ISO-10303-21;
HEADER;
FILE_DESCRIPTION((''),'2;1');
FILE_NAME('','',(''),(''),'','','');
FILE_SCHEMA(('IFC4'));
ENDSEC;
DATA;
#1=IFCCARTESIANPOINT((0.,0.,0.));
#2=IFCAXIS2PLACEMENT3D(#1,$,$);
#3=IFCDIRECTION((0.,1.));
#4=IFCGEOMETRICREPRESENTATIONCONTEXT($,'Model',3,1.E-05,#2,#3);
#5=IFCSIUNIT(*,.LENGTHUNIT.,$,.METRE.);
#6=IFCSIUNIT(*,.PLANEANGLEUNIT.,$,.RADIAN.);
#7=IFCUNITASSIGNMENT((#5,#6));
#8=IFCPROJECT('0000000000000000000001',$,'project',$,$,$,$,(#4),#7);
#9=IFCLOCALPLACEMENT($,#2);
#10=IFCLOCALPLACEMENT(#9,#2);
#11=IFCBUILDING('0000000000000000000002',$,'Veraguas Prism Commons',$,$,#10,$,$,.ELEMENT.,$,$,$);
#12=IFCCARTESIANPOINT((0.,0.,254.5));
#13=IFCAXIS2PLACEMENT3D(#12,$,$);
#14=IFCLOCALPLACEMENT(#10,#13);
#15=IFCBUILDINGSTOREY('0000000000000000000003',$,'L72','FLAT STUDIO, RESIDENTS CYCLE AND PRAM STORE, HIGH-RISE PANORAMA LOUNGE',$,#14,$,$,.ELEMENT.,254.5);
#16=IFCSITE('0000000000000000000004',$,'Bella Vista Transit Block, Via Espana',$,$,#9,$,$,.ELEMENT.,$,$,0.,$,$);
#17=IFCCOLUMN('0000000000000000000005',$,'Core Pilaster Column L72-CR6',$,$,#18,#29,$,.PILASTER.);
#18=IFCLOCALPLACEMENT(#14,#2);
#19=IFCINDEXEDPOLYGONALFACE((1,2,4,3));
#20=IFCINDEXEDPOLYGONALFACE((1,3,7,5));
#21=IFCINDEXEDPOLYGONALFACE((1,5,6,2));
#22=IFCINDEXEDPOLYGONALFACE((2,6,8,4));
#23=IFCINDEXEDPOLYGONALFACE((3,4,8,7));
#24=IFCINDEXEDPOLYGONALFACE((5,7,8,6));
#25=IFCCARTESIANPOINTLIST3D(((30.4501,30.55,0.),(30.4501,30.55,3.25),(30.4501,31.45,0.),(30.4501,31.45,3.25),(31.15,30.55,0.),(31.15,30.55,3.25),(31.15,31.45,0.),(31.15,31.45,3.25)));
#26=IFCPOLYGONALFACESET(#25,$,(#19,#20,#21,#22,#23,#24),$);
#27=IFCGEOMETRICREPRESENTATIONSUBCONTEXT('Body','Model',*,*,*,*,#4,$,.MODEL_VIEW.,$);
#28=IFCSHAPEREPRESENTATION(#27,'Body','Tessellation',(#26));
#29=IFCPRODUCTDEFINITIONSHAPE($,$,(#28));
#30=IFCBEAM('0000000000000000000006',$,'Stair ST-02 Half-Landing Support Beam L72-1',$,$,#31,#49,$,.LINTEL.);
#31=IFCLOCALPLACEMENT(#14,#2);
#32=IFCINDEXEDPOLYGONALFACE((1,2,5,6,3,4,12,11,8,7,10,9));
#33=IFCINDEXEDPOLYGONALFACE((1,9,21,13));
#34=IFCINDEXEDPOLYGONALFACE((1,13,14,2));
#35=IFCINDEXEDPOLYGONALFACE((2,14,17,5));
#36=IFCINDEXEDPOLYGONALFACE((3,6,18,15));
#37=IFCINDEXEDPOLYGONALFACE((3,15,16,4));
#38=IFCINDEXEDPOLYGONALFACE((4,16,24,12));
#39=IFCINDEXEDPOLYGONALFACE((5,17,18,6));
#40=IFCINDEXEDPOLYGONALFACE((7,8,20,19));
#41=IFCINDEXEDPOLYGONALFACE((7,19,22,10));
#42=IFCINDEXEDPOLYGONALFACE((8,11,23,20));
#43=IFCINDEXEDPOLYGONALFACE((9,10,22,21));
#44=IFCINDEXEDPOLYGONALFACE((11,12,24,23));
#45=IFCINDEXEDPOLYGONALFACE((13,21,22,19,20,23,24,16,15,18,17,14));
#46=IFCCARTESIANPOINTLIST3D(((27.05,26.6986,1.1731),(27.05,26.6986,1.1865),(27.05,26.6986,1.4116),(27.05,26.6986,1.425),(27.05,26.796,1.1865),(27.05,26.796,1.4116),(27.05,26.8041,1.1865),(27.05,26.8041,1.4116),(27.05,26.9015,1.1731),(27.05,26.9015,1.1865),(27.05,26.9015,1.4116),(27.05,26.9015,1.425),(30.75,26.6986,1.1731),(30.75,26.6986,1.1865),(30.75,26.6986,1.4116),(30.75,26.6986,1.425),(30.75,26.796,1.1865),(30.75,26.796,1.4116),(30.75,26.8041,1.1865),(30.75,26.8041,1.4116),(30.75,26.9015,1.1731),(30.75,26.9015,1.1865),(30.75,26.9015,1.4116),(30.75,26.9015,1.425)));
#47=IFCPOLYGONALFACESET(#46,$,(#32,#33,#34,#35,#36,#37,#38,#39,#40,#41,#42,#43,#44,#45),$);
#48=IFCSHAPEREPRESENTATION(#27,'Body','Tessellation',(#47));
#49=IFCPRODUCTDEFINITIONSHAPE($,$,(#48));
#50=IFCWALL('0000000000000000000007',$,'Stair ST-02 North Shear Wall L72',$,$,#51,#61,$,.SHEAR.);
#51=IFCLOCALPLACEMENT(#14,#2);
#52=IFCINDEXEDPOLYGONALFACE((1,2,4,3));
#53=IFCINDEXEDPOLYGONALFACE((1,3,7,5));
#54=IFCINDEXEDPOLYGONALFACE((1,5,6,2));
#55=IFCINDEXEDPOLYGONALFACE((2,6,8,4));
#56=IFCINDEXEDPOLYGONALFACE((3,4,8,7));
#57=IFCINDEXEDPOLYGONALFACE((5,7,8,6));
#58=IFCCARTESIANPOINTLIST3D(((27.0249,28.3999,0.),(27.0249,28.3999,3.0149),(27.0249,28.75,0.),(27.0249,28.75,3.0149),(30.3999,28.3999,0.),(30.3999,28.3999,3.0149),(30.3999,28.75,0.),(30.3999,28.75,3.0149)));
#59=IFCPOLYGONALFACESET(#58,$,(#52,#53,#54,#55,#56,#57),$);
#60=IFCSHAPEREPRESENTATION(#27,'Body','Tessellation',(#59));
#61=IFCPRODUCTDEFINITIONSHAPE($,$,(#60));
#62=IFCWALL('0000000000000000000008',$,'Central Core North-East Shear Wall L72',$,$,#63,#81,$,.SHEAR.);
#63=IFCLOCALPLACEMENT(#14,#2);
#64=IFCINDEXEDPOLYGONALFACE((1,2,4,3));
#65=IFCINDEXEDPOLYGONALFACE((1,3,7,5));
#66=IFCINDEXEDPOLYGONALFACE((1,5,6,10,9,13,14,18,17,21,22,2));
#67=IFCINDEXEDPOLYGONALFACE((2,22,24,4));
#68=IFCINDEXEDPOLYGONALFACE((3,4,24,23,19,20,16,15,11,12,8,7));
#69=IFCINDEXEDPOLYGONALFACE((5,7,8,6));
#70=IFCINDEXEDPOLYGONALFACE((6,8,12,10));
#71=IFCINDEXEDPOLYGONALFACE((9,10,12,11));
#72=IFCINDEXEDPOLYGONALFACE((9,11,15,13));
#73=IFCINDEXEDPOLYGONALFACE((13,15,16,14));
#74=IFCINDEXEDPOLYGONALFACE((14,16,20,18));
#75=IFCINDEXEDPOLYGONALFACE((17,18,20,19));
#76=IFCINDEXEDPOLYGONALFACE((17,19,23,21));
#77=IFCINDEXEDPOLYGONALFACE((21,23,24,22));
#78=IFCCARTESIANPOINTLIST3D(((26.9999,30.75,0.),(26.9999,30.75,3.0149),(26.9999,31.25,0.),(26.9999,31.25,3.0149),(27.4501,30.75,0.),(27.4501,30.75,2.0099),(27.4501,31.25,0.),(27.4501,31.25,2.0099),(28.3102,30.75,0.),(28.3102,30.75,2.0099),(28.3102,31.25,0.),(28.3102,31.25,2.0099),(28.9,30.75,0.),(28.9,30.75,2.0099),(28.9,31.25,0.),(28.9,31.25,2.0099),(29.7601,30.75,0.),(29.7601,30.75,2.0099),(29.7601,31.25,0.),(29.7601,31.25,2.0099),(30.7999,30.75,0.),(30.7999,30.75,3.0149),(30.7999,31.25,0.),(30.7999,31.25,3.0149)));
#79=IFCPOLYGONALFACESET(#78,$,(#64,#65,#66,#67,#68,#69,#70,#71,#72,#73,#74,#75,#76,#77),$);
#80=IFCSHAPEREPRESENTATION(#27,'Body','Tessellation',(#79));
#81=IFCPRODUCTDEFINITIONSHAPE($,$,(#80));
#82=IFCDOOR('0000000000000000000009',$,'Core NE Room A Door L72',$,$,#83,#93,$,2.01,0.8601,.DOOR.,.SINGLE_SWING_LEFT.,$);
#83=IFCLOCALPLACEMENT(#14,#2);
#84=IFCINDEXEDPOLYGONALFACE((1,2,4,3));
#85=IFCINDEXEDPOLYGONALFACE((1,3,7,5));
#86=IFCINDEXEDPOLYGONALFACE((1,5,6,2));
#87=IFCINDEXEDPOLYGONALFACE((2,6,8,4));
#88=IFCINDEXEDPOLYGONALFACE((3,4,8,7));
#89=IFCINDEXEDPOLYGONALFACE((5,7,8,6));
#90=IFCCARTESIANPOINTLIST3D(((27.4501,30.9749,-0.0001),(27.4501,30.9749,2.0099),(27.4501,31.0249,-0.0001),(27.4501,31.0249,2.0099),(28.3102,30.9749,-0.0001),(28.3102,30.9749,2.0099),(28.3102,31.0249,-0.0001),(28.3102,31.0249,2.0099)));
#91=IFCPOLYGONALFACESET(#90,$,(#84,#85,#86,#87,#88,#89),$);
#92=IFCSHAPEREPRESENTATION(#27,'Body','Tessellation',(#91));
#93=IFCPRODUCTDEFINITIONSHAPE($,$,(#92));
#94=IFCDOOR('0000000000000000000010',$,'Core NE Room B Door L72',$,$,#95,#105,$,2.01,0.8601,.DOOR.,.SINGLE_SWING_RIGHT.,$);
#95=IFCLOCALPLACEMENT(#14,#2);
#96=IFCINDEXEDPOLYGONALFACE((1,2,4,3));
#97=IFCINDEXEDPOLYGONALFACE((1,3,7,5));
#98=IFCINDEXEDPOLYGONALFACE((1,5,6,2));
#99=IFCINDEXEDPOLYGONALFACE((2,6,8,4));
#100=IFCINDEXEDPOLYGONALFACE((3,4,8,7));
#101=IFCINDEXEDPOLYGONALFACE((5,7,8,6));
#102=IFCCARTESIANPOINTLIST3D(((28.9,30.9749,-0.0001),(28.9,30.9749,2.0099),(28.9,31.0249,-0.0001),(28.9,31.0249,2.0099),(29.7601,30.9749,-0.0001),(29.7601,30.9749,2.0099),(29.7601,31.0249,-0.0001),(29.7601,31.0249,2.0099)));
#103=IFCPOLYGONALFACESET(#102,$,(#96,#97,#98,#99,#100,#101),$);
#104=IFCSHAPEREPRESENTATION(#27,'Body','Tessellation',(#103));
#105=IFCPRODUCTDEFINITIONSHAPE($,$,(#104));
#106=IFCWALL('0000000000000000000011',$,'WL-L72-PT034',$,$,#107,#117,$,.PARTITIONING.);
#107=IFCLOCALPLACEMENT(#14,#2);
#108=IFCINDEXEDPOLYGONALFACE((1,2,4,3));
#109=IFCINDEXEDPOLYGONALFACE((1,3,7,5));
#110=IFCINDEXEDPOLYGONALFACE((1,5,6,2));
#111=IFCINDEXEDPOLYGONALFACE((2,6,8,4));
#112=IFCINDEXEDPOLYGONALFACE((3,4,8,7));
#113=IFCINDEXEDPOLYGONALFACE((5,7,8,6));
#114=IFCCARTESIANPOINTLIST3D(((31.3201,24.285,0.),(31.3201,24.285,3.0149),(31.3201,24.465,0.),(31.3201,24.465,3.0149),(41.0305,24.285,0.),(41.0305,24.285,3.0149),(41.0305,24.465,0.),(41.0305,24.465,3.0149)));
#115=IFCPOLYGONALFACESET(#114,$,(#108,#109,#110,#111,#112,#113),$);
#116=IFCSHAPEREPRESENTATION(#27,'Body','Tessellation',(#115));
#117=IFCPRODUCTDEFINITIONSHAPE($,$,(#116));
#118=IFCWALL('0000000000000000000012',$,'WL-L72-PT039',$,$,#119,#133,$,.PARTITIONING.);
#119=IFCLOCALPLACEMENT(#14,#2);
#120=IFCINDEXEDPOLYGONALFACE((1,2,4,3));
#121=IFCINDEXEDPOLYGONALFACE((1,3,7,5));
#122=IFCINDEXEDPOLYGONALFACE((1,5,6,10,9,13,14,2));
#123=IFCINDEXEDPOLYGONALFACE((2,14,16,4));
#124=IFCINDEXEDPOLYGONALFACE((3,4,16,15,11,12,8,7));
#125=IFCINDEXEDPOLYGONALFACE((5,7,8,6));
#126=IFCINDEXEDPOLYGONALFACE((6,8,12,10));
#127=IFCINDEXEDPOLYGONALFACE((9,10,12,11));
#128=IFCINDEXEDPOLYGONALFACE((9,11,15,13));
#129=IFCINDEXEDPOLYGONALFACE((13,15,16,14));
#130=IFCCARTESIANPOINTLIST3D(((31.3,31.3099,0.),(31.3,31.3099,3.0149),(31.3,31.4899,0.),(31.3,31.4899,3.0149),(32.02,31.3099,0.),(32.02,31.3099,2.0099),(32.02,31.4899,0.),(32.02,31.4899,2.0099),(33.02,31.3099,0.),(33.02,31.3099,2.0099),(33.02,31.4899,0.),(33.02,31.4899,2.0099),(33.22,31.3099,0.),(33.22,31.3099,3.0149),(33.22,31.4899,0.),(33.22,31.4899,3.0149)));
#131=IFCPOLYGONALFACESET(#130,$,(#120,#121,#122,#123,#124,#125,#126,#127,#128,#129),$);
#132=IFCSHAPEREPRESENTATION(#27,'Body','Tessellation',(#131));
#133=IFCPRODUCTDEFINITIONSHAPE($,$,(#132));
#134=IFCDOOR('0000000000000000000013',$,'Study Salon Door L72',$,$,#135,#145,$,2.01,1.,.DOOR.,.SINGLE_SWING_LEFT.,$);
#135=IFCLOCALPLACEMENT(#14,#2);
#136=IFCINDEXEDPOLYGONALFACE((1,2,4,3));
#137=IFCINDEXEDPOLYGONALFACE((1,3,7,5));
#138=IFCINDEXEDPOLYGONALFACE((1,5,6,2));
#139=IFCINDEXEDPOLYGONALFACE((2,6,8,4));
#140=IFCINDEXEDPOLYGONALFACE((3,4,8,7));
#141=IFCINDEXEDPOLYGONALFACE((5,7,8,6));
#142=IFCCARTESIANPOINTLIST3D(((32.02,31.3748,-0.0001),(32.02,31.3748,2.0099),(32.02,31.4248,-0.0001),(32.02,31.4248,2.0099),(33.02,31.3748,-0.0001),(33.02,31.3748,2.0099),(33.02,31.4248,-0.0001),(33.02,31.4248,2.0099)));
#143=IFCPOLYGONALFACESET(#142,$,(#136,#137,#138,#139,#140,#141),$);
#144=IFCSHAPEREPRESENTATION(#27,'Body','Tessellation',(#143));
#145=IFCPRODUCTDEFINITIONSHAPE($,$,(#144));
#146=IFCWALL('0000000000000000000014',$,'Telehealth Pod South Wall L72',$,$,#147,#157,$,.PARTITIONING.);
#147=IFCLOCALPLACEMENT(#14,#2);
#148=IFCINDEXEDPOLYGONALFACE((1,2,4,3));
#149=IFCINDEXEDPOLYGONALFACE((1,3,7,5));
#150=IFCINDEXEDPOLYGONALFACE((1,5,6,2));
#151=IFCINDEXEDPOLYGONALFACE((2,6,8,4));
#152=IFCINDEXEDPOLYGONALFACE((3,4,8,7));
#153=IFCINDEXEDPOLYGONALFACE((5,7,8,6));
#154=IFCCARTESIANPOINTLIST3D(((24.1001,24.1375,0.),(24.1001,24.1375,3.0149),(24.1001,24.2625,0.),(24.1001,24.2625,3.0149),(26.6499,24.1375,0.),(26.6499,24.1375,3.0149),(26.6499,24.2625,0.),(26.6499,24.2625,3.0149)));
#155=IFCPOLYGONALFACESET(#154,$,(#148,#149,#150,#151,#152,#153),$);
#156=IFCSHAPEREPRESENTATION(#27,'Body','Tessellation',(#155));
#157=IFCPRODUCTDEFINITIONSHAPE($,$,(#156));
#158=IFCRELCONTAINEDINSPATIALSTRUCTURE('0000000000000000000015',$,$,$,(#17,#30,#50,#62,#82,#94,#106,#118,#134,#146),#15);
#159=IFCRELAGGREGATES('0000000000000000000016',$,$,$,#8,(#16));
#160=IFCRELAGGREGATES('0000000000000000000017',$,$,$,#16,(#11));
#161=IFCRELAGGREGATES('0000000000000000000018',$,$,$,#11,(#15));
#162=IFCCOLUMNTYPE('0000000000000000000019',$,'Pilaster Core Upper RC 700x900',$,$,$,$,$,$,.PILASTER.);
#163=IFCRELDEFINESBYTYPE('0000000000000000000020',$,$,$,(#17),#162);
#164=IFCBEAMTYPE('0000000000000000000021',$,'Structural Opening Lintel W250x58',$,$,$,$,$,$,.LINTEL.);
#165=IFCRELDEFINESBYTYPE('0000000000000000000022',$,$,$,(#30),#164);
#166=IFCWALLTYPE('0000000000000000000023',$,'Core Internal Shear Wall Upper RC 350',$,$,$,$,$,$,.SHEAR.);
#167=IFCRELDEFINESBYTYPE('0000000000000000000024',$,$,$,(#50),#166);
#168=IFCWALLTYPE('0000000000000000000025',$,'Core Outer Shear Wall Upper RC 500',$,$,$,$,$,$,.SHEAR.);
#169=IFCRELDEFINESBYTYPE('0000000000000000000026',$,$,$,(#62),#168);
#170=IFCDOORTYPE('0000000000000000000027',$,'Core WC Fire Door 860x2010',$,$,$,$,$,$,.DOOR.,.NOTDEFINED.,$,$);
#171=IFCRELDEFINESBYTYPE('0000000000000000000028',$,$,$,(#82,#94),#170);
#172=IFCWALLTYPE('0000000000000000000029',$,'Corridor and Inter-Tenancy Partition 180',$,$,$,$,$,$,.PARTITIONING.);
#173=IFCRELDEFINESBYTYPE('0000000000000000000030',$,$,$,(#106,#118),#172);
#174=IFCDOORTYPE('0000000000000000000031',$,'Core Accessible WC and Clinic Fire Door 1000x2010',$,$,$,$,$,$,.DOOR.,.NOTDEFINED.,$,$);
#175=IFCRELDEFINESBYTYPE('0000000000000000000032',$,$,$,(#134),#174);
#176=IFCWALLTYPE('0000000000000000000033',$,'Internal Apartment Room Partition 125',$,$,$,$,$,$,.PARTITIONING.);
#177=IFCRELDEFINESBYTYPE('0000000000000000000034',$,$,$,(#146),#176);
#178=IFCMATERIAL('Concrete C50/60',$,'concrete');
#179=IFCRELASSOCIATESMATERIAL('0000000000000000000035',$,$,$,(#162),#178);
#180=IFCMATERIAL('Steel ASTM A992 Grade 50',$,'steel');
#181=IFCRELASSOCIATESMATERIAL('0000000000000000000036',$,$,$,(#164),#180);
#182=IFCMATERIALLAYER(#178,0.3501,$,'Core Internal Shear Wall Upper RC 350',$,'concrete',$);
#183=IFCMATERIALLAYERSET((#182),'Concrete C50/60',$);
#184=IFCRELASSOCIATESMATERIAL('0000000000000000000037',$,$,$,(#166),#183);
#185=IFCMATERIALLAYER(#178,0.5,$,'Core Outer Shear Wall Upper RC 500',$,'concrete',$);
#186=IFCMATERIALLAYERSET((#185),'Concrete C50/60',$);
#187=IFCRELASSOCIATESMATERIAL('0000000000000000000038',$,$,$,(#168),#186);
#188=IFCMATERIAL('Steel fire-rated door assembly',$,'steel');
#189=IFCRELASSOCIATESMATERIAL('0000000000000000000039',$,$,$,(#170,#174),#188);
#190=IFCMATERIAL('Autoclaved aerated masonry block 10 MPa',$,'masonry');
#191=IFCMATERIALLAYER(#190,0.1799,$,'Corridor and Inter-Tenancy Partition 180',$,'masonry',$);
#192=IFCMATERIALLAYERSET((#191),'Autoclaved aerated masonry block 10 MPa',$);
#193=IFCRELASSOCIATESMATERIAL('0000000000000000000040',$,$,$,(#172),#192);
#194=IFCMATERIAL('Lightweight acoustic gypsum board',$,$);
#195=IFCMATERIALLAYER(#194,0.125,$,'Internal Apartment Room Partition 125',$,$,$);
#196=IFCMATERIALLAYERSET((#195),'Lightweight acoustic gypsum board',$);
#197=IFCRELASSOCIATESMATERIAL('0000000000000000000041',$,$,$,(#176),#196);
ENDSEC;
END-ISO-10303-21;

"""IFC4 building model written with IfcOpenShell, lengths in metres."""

from ifc_helpers import new_model, si_unit, direction, frame, frame_2d, origin, origin_2d, place, context, subcontext, project, spatial, rectangle, i_section, extrude, source, transform, mapped, material, layer, layer_set, material_profile, profile_set, type_object, element, fill, save


model = new_model("IFC4")

# Units and contexts
model_context = context("Model", 3, precision=1e-05, world=origin(), true_north=direction((0.0, 1.0)))
body_context = subcontext(model_context, "Body", "Model", "MODEL_VIEW")
ifc_project = project(units=[si_unit("LENGTHUNIT", "METRE"), si_unit("PLANEANGLEUNIT", "RADIAN")], contexts=[model_context])

# Site, building, storey
site_placement = place(None, origin())
site = spatial("IfcSite", under=ifc_project, at=site_placement, Name="Bella Vista Transit Block, Via Espana", CompositionType="ELEMENT", RefElevation=0.0)
building_placement = place(site_placement, origin())
building = spatial("IfcBuilding", under=site, at=building_placement, Name="Veraguas Prism Commons", CompositionType="ELEMENT")
storey_placement = place(building_placement, frame((0.0, 0.0, 254.5)))
storey = spatial("IfcBuildingStorey", under=building, at=storey_placement, Name="L72", Description="FLAT STUDIO, RESIDENTS CYCLE AND PRAM STORE, HIGH-RISE PANORAMA LOUNGE", CompositionType="ELEMENT", Elevation=254.5)

# Column
ifc_material_1 = material(Name="Concrete C50/60", Category="concrete")
ifc_material_profile_1 = material_profile(ifc_material_1, rectangle(XDim=0.7, YDim=0.8999, at=origin_2d()), Name="RC700X900")
ifc_profile_set_1 = profile_set([ifc_material_profile_1], Name="Concrete C50/60")
column_type = type_object("IfcColumnType", Name="Pilaster Core Upper RC 700x900", PredefinedType="PILASTER", material=ifc_profile_set_1)
column_placement = place(storey_placement, frame((30.8, 31.0, 0.0), z_axis=(0.0, 0.0, 1.0), x_axis=(1.0, 0.0, 0.0)))
element("IfcColumn", 1, at=column_placement, inside=storey, type_object=column_type, Name="Core Pilaster Column L72-CR6", PredefinedType="PILASTER", context=body_context, shape_type="SweptSolid", body=[
    extrude(rectangle(XDim=0.7, YDim=0.8999, at=origin_2d()), origin(), (0.0, 0.0, 1.0), 3.25),
])

# Beam
ifc_material_2 = material(Name="Steel ASTM A992 Grade 50", Category="steel")
ifc_material_profile_2 = material_profile(ifc_material_2, i_section(OverallWidth=0.2029, OverallDepth=0.252, WebThickness=0.0081, FlangeThickness=0.0134, at=origin_2d()), Name="W250X58")
ifc_profile_set_2 = profile_set([ifc_material_profile_2], Name="Steel ASTM A992 Grade 50")
beam_type = type_object("IfcBeamType", Name="Structural Opening Lintel W250x58", PredefinedType="LINTEL", material=ifc_profile_set_2)
beam_placement = place(storey_placement, frame((27.05, 26.8, 1.2991), z_axis=(1.0, 0.0, 0.0), x_axis=(0.0, 1.0, 0.0)))
element("IfcBeam", 2, at=beam_placement, inside=storey, type_object=beam_type, Name="Stair ST-02 Half-Landing Support Beam L72-1", PredefinedType="LINTEL", context=body_context, shape_type="SweptSolid", body=[
    extrude(i_section(OverallWidth=0.2029, OverallDepth=0.252, WebThickness=0.0081, FlangeThickness=0.0134, at=origin_2d()), origin(), (0.0, 0.0, 1.0), 3.7),
])

# Wall
ifc_layer_1 = layer(ifc_material_1, 0.3501, Name="Core Internal Shear Wall Upper RC 350", Category="concrete")
ifc_layer_set_1 = layer_set([ifc_layer_1], Name="Concrete C50/60")
wall_type_1 = type_object("IfcWallType", Name="Core Internal Shear Wall Upper RC 350", PredefinedType="SHEAR", material=ifc_layer_set_1)
wall_1_placement = place(storey_placement, frame((27.0249, 28.575, 0.0), z_axis=(0.0, 0.0, 1.0), x_axis=(1.0, 0.0, 0.0)))
element("IfcWall", 3, at=wall_1_placement, inside=storey, type_object=wall_type_1, Name="Stair ST-02 North Shear Wall L72", PredefinedType="SHEAR", context=body_context, shape_type="SweptSolid", body=[
    extrude(rectangle(XDim=3.375, YDim=0.3501, at=frame_2d((1.6875, 0.0))), origin(), (0.0, 0.0, 1.0), 3.0149),
])

# Wall, openings, doors
ifc_layer_2 = layer(ifc_material_1, 0.5, Name="Core Outer Shear Wall Upper RC 500", Category="concrete")
ifc_layer_set_2 = layer_set([ifc_layer_2], Name="Concrete C50/60")
wall_type_2 = type_object("IfcWallType", Name="Core Outer Shear Wall Upper RC 500", PredefinedType="SHEAR", material=ifc_layer_set_2)
wall_2_placement = place(storey_placement, frame((27.0, 31.0, 0.0), z_axis=(0.0, 0.0, 1.0), x_axis=(1.0, 0.0, 0.0)))
wall_2 = element("IfcWall", 4, at=wall_2_placement, inside=storey, type_object=wall_type_2, Name="Central Core North-East Shear Wall L72", PredefinedType="SHEAR", context=body_context, shape_type="SweptSolid", body=[
    extrude(rectangle(XDim=3.8, YDim=0.5, at=frame_2d((1.8999, 0.0))), origin(), (0.0, 0.0, 1.0), 3.0149),
])
opening_1_placement = place(wall_2_placement, frame((0.45, 0.0, 0.0)))
opening_1 = element("IfcOpeningElement", 5, at=opening_1_placement, cuts=wall_2, PredefinedType="OPENING", context=body_context, shape_type="SweptSolid", body=[
    extrude(rectangle(XDim=0.8601, YDim=2.01, at=frame_2d((0.4302, 1.0049))), frame((0.0, 0.26, 0.0), z_axis=(0.0, -1.0, 0.0), x_axis=(1.0, 0.0, 0.0)), (0.0, 0.0, 1.0), 0.52),
])
opening_2_placement = place(wall_2_placement, frame((1.8999, 0.0, 0.0)))
opening_2 = element("IfcOpeningElement", 6, at=opening_2_placement, cuts=wall_2, PredefinedType="OPENING", context=body_context, shape_type="SweptSolid", body=[
    extrude(rectangle(XDim=0.8601, YDim=2.01, at=frame_2d((0.4302, 1.0049))), frame((0.0, 0.26, 0.0), z_axis=(0.0, -1.0, 0.0), x_axis=(1.0, 0.0, 0.0)), (0.0, 0.0, 1.0), 0.52),
])
ifc_material_3 = material(Name="Steel fire-rated door assembly", Category="steel")
door_type_1 = type_object("IfcDoorType", Name="Core WC Fire Door 860x2010", OperationType="NOTDEFINED", PredefinedType="DOOR", material=ifc_material_3)
shared_shape_1 = source(origin(), body_context, "Body", "SweptSolid", [
    extrude(rectangle(XDim=0.8601, YDim=2.01, at=frame_2d((0.4302, 1.0049))), frame((0.0, 0.0249, 0.0), z_axis=(0.0, -1.0, 0.0), x_axis=(1.0, 0.0, 0.0)), (0.0, 0.0, 1.0), 0.05),
])
door_1_placement = place(opening_1_placement, origin())
door_1 = element("IfcDoor", 7, at=door_1_placement, inside=storey, type_object=door_type_1, Name="Core NE Room A Door L72", OperationType="SINGLE_SWING_LEFT", OverallHeight=2.01, OverallWidth=0.8601, PredefinedType="DOOR", context=body_context, shape_type="MappedRepresentation", body=[
    mapped(shared_shape_1, transform((0.0, 0.0, 0.0), scale=1.0)),
])
fill(opening_1, door_1)
door_2_placement = place(opening_2_placement, origin())
door_2 = element("IfcDoor", 8, at=door_2_placement, inside=storey, type_object=door_type_1, Name="Core NE Room B Door L72", OperationType="SINGLE_SWING_RIGHT", OverallHeight=2.01, OverallWidth=0.8601, PredefinedType="DOOR", context=body_context, shape_type="MappedRepresentation", body=[
    mapped(shared_shape_1, transform((0.0, 0.0, 0.0), scale=1.0)),
])
fill(opening_2, door_2)

# Wall
ifc_material_4 = material(Name="Autoclaved aerated masonry block 10 MPa", Category="masonry")
ifc_layer_3 = layer(ifc_material_4, 0.1799, Name="Corridor and Inter-Tenancy Partition 180", Category="masonry")
ifc_layer_set_3 = layer_set([ifc_layer_3], Name="Autoclaved aerated masonry block 10 MPa")
wall_type_3 = type_object("IfcWallType", Name="Corridor and Inter-Tenancy Partition 180", PredefinedType="PARTITIONING", material=ifc_layer_set_3)
wall_3_placement = place(storey_placement, frame((31.3201, 24.375, 0.0), z_axis=(0.0, 0.0, 1.0), x_axis=(1.0, 0.0, 0.0)))
element("IfcWall", 9, at=wall_3_placement, inside=storey, type_object=wall_type_3, Name="WL-L72-PT034", PredefinedType="PARTITIONING", context=body_context, shape_type="SweptSolid", body=[
    extrude(rectangle(XDim=9.7104, YDim=0.1799, at=frame_2d((4.8552, 0.0))), origin(), (0.0, 0.0, 1.0), 3.0149),
])

# Wall, opening, door
wall_4_placement = place(storey_placement, frame((31.3, 31.3999, 0.0), z_axis=(0.0, 0.0, 1.0), x_axis=(1.0, 0.0, 0.0)))
wall_4 = element("IfcWall", 10, at=wall_4_placement, inside=storey, type_object=wall_type_3, Name="WL-L72-PT039", PredefinedType="PARTITIONING", context=body_context, shape_type="SweptSolid", body=[
    extrude(rectangle(XDim=1.9199, YDim=0.1799, at=frame_2d((0.96, 0.0))), origin(), (0.0, 0.0, 1.0), 3.0149),
])
opening_3_placement = place(wall_4_placement, frame((0.72, 0.0, 0.0)))
opening_3 = element("IfcOpeningElement", 11, at=opening_3_placement, cuts=wall_4, PredefinedType="OPENING", context=body_context, shape_type="SweptSolid", body=[
    extrude(rectangle(XDim=1.0, YDim=2.01, at=frame_2d((0.5, 1.0049))), frame((0.0, 0.0999, 0.0), z_axis=(0.0, -1.0, 0.0), x_axis=(1.0, 0.0, 0.0)), (0.0, 0.0, 1.0), 0.2),
])
door_type_2 = type_object("IfcDoorType", Name="Core Accessible WC and Clinic Fire Door 1000x2010", OperationType="NOTDEFINED", PredefinedType="DOOR", material=ifc_material_3)
shared_shape_2 = source(origin(), body_context, "Body", "SweptSolid", [
    extrude(rectangle(XDim=1.0, YDim=2.01, at=frame_2d((0.5, 1.0049))), frame((0.0, 0.0249, 0.0), z_axis=(0.0, -1.0, 0.0), x_axis=(1.0, 0.0, 0.0)), (0.0, 0.0, 1.0), 0.05),
])
door_3_placement = place(opening_3_placement, origin())
door_3 = element("IfcDoor", 12, at=door_3_placement, inside=storey, type_object=door_type_2, Name="Study Salon Door L72", OperationType="SINGLE_SWING_LEFT", OverallHeight=2.01, OverallWidth=1.0, PredefinedType="DOOR", context=body_context, shape_type="MappedRepresentation", body=[
    mapped(shared_shape_2, transform((0.0, 0.0, 0.0), scale=1.0)),
])
fill(opening_3, door_3)

# Wall
ifc_material_5 = material(Name="Lightweight acoustic gypsum board")
ifc_layer_4 = layer(ifc_material_5, 0.125, Name="Internal Apartment Room Partition 125")
ifc_layer_set_4 = layer_set([ifc_layer_4], Name="Lightweight acoustic gypsum board")
wall_type_4 = type_object("IfcWallType", Name="Internal Apartment Room Partition 125", PredefinedType="PARTITIONING", material=ifc_layer_set_4)
wall_5_placement = place(storey_placement, frame((24.1001, 24.2, 0.0), z_axis=(0.0, 0.0, 1.0), x_axis=(1.0, 0.0, 0.0)))
element("IfcWall", 13, at=wall_5_placement, inside=storey, type_object=wall_type_4, Name="Telehealth Pod South Wall L72", PredefinedType="PARTITIONING", context=body_context, shape_type="SweptSolid", body=[
    extrude(rectangle(XDim=2.5498, YDim=0.125, at=frame_2d((1.2749, 0.0))), origin(), (0.0, 0.0, 1.0), 3.0149),
])

save(model, "model.ifc")
